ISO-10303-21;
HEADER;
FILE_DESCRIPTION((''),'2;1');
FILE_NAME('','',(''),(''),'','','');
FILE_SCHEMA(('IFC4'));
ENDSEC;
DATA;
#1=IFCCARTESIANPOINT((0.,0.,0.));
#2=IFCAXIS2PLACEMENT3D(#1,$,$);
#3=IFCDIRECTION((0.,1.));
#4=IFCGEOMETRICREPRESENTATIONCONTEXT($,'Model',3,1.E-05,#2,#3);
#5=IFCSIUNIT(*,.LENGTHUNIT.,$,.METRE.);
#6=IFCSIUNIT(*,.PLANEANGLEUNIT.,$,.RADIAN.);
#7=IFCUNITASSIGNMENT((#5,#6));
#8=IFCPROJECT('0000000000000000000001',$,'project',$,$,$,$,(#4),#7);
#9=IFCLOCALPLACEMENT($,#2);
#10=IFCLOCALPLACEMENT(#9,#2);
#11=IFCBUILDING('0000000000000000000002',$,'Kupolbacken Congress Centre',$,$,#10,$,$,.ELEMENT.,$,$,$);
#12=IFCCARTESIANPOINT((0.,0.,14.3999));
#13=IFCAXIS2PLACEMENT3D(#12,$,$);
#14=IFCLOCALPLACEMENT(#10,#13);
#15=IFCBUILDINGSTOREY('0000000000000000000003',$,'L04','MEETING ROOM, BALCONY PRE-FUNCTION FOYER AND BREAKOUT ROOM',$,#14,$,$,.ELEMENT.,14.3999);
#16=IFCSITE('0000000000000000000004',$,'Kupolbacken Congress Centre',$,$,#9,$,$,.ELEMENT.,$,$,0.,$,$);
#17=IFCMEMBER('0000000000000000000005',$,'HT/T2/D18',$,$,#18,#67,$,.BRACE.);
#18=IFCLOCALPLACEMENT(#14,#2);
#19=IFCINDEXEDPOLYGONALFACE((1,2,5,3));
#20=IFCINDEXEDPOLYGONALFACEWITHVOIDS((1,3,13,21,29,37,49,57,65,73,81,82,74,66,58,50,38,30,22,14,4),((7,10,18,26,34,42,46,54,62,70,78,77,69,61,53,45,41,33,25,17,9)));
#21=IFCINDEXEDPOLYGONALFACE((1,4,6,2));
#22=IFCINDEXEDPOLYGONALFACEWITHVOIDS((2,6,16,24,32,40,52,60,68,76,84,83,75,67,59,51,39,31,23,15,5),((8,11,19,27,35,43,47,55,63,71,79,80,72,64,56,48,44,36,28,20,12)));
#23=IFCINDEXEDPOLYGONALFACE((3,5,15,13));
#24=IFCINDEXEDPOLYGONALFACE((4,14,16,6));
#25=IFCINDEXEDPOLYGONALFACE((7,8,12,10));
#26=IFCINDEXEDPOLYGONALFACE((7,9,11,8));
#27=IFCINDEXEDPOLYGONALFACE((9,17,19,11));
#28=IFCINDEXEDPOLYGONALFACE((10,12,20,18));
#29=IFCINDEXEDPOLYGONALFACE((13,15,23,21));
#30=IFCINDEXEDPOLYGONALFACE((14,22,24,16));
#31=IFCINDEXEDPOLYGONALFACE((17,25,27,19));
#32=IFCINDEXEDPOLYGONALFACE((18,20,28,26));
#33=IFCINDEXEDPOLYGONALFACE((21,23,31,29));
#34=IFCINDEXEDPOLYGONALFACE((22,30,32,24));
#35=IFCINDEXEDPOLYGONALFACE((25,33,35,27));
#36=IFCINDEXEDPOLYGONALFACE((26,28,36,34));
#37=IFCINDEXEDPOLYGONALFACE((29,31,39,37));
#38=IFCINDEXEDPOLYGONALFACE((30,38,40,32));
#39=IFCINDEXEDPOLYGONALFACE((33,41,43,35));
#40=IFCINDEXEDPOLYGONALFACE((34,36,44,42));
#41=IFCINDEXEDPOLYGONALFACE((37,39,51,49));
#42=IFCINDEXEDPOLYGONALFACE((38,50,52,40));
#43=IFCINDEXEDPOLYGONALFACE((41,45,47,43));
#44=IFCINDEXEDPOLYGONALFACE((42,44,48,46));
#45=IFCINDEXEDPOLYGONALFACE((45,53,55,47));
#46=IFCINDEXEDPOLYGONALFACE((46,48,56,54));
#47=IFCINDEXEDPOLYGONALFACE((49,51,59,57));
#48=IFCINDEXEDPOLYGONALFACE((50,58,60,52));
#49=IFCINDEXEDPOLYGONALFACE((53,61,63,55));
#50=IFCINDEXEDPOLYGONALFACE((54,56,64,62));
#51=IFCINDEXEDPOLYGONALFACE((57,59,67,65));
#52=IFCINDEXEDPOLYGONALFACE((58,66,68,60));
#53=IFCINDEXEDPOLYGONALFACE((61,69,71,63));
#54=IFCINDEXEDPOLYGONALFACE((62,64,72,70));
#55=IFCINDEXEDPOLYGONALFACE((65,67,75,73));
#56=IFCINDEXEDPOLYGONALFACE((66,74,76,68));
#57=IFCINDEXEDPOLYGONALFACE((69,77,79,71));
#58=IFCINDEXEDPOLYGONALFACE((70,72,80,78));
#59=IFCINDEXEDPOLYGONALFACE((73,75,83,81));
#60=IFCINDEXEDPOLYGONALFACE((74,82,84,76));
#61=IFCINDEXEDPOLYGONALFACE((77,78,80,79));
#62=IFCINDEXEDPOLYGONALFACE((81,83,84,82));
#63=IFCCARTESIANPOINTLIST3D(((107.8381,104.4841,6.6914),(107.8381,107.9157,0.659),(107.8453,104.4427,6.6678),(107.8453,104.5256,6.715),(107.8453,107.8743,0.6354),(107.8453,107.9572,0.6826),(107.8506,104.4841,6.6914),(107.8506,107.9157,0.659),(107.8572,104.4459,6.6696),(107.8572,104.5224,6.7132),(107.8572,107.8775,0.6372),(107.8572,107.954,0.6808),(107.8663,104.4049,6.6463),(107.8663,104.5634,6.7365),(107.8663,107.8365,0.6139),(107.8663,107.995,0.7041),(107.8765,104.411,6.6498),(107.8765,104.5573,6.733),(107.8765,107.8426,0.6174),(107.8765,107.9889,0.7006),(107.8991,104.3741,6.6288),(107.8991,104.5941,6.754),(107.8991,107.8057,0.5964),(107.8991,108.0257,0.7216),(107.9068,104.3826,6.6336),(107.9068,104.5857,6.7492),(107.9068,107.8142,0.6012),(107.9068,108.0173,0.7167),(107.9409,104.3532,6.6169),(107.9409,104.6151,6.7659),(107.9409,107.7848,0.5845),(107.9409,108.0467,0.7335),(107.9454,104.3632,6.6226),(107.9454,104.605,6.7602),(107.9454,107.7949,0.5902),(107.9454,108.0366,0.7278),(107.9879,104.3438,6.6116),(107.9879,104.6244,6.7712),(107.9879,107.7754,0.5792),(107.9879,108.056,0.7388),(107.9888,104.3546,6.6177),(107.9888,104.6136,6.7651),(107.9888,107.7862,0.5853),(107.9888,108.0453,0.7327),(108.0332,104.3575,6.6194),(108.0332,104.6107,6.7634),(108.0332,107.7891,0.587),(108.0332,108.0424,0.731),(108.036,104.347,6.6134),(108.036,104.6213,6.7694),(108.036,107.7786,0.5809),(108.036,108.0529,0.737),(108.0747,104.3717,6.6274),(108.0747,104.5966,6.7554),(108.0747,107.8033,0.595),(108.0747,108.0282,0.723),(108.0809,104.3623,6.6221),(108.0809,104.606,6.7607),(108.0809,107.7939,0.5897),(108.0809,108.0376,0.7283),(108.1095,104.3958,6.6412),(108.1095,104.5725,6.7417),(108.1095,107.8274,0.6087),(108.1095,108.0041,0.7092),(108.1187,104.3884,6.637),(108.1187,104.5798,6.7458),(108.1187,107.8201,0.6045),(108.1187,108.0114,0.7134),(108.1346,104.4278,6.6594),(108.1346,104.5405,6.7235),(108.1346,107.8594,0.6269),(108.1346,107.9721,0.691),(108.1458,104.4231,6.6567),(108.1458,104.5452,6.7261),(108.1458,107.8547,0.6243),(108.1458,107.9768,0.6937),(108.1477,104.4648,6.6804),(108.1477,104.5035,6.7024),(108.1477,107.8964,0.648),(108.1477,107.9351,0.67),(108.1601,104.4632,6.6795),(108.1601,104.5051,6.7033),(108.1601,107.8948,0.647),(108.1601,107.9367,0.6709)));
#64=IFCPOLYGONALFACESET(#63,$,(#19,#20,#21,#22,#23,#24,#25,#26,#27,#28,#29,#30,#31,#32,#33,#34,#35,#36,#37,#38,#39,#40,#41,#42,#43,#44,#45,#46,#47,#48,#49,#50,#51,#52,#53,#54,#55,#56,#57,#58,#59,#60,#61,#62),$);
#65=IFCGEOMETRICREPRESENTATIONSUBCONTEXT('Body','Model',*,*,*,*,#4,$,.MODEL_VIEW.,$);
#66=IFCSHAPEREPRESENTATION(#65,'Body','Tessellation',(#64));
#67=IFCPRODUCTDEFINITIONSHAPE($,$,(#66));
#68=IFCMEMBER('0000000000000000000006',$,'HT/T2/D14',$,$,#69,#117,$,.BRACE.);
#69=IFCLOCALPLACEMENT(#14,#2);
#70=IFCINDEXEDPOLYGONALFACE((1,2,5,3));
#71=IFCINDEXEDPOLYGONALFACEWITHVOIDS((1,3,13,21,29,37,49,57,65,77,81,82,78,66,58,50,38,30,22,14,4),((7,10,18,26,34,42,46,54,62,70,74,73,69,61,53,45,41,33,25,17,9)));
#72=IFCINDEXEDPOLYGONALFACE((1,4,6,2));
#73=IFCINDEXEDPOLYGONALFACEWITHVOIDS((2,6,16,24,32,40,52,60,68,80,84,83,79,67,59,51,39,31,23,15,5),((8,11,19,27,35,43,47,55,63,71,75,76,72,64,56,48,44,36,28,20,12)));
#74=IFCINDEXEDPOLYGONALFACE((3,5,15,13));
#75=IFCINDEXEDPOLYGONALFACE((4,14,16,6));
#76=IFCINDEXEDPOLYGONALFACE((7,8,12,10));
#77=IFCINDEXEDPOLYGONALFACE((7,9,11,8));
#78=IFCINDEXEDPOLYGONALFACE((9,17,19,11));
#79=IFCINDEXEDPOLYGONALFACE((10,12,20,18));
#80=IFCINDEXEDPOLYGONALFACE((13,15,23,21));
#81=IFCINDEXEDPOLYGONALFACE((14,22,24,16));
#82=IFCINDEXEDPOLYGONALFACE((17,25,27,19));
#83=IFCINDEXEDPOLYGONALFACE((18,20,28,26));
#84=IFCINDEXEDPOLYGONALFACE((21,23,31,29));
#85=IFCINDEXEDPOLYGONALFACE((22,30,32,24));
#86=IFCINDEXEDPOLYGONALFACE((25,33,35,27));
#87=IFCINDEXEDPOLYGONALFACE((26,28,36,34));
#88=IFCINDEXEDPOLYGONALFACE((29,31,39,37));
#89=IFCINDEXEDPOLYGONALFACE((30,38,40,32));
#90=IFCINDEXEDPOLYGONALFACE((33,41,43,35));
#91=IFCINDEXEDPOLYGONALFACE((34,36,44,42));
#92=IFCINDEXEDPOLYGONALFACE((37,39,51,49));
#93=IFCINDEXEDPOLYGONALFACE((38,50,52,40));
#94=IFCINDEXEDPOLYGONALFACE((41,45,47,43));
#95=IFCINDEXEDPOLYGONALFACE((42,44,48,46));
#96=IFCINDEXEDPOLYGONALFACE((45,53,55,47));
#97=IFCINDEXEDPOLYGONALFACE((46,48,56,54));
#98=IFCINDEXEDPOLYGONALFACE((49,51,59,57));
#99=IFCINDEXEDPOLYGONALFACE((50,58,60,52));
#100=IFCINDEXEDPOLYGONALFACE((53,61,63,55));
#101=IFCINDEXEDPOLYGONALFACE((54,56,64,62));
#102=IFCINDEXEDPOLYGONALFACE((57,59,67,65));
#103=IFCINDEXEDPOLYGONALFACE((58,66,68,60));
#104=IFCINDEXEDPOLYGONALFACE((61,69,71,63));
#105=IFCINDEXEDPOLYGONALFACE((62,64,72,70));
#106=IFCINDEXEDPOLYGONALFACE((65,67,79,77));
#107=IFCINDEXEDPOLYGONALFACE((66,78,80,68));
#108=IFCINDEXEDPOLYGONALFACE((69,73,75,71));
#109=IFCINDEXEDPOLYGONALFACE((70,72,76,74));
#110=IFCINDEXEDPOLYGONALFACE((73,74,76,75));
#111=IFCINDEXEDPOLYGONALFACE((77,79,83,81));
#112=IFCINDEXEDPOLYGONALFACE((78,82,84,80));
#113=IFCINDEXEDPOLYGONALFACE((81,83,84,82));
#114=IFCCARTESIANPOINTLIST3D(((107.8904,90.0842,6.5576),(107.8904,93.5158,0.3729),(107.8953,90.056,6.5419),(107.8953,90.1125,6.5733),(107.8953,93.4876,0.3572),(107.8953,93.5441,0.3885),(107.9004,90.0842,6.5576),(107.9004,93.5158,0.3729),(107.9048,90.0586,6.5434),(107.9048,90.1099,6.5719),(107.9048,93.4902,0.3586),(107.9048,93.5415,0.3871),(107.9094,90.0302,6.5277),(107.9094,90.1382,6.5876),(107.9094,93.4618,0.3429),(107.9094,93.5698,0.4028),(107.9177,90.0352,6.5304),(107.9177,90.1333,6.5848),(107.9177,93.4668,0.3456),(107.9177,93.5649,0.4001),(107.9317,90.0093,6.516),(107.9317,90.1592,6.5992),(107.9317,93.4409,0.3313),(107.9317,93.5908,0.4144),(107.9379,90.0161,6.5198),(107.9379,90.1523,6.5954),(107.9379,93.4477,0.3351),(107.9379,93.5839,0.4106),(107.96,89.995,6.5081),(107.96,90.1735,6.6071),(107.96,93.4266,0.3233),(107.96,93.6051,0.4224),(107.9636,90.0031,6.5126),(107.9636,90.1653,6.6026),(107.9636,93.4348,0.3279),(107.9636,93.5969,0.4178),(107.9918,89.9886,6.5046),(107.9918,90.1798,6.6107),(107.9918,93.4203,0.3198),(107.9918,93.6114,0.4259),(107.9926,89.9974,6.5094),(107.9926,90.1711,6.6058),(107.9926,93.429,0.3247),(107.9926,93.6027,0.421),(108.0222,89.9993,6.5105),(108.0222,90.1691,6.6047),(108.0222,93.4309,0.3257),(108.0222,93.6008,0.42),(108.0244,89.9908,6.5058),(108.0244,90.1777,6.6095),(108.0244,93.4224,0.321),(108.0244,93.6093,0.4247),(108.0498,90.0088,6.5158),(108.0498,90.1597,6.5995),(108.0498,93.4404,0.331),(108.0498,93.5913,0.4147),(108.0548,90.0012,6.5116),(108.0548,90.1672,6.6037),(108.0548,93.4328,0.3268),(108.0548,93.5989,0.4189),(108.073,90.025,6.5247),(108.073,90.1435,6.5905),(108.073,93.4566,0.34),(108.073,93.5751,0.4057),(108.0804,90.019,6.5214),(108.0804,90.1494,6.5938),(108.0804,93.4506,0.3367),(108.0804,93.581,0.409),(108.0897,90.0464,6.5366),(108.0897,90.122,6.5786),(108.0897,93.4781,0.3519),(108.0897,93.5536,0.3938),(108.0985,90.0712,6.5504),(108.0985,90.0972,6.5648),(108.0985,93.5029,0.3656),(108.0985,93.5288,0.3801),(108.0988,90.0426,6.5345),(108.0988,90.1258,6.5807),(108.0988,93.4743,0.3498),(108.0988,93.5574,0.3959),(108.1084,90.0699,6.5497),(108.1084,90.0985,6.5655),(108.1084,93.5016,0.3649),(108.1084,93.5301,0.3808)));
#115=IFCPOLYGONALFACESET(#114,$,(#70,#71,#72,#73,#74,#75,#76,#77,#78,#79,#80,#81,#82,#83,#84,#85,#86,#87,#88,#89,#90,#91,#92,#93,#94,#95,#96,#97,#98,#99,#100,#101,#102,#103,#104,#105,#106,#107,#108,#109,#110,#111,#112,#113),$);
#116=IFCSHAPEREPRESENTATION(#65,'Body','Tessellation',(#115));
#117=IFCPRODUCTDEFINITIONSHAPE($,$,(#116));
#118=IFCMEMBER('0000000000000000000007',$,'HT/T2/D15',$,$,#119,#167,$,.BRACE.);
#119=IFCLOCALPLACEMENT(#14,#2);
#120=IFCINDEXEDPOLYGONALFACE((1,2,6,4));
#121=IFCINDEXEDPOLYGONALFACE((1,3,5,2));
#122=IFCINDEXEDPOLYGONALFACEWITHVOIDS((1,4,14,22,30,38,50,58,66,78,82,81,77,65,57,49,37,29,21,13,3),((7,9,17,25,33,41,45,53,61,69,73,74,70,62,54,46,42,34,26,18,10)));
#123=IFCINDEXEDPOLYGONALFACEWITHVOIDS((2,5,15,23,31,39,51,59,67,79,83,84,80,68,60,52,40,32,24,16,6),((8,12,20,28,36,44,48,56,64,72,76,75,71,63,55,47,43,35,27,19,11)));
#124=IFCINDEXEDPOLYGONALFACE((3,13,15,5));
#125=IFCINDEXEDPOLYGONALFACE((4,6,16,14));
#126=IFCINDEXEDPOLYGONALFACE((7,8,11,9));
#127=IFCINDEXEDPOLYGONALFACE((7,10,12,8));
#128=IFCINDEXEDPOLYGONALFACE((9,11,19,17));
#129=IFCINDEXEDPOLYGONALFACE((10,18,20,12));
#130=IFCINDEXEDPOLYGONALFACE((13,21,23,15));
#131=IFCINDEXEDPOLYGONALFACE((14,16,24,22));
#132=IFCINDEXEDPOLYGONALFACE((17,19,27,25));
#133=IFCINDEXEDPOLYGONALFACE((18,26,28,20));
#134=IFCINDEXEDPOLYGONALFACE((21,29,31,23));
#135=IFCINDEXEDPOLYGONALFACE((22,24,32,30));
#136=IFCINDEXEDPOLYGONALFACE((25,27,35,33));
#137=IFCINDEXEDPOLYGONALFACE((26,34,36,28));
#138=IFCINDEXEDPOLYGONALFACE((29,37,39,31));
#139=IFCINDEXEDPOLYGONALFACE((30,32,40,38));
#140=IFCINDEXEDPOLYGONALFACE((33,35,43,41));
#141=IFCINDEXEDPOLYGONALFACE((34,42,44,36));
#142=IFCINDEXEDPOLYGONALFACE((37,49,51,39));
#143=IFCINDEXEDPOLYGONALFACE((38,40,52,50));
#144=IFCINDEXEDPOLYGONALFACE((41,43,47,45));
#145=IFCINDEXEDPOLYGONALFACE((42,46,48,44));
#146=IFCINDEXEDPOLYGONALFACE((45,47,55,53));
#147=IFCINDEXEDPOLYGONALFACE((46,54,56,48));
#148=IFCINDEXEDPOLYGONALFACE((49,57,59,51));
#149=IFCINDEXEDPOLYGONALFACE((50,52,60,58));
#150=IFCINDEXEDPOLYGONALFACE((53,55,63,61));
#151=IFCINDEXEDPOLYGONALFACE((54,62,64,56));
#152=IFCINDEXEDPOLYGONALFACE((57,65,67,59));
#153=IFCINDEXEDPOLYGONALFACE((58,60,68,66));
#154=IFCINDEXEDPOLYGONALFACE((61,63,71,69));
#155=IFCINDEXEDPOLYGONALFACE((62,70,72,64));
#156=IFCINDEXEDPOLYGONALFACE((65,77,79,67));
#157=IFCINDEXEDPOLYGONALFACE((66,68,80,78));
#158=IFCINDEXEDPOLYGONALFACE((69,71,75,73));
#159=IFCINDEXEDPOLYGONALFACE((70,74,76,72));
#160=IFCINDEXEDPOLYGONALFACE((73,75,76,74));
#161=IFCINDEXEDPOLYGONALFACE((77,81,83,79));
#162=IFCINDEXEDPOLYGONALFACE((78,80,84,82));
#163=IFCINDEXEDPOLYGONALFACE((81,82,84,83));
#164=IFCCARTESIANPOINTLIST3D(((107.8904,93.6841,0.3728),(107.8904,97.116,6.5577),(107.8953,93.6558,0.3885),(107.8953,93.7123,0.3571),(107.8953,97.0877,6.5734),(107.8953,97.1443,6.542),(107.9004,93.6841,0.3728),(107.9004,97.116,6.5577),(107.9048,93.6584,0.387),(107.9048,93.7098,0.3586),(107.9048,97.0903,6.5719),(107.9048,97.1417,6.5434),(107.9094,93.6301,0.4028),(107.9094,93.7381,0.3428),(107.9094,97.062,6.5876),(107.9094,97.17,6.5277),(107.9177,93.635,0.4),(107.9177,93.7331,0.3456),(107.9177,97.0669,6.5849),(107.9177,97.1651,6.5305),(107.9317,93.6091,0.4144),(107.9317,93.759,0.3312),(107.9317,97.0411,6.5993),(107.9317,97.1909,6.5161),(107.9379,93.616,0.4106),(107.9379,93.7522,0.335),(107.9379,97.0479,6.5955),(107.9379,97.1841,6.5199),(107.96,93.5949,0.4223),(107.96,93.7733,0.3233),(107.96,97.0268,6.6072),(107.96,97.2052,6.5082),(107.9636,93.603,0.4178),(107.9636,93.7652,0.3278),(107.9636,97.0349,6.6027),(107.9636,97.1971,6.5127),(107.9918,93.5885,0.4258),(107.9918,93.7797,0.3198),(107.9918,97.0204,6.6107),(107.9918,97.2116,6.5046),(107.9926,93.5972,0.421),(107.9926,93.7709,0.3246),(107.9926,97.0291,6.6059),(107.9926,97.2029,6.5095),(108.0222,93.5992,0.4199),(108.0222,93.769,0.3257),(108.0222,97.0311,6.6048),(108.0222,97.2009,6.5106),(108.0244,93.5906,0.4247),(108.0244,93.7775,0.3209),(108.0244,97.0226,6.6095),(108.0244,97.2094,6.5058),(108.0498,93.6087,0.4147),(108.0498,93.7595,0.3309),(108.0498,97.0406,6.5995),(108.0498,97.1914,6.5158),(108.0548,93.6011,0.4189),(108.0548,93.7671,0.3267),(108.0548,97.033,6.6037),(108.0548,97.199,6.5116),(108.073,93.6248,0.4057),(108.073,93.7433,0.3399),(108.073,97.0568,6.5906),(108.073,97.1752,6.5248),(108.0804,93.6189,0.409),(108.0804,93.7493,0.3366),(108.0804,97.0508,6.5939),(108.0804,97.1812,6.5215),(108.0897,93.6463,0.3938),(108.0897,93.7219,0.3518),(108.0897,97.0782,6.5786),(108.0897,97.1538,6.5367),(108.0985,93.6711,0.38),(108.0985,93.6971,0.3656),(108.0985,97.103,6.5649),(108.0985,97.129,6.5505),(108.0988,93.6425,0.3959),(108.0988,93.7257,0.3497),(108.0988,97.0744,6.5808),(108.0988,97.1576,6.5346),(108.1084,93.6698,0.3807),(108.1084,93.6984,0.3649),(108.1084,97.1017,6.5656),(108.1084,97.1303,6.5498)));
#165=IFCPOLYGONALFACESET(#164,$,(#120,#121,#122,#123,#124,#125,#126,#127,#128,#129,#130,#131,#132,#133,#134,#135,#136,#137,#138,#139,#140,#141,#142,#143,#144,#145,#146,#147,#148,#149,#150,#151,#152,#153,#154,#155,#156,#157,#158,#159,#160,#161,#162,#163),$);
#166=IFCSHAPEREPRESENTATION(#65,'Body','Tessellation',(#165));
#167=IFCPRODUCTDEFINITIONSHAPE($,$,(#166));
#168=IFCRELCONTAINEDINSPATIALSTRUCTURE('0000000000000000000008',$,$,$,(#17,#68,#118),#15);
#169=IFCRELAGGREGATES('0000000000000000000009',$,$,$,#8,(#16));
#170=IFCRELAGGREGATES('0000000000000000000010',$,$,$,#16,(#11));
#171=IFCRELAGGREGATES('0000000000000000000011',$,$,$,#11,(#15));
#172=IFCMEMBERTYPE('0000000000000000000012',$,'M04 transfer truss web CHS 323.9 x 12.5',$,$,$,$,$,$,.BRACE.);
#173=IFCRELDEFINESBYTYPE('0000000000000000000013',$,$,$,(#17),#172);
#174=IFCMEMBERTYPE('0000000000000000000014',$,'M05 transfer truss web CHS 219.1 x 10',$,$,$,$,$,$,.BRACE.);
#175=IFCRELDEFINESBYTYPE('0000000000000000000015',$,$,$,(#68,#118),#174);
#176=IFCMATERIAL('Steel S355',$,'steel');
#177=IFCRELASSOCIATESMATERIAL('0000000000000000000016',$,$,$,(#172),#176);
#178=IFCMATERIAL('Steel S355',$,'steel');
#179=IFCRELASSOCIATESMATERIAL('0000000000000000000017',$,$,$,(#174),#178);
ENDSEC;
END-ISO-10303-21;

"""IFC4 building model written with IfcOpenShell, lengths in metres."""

from ifc_helpers import new_model, si_unit, direction, frame, origin, origin_2d, place, context, subcontext, project, spatial, hollow_circle, extrude, material, material_profile, profile_set, type_object, element, save


model = new_model("IFC4")

# Units and contexts
model_context = context("Model", 3, precision=1e-05, world=origin(), true_north=direction((0.0, 1.0)))
body_context = subcontext(model_context, "Body", "Model", "MODEL_VIEW")
ifc_project = project(units=[si_unit("LENGTHUNIT", "METRE"), si_unit("PLANEANGLEUNIT", "RADIAN")], contexts=[model_context])

# Site, building, storey
site_placement = place(None, origin())
site = spatial("IfcSite", under=ifc_project, at=site_placement, Name="Kupolbacken Congress Centre", CompositionType="ELEMENT", RefElevation=0.0)
building_placement = place(site_placement, origin())
building = spatial("IfcBuilding", under=site, at=building_placement, Name="Kupolbacken Congress Centre", CompositionType="ELEMENT")
storey_placement = place(building_placement, frame((0.0, 0.0, 14.3999)))
storey = spatial("IfcBuildingStorey", under=building, at=storey_placement, Name="L04", Description="MEETING ROOM, BALCONY PRE-FUNCTION FOYER AND BREAKOUT ROOM", CompositionType="ELEMENT", Elevation=14.3999)

# Members
ifc_material_1 = material(Name="Steel S355", Category="steel")
ifc_material_profile_1 = material_profile(ifc_material_1, hollow_circle(Radius=0.1619, WallThickness=0.0125, at=origin_2d()), Name="CHS 323.9 x 12.5")
ifc_profile_set_1 = profile_set([ifc_material_profile_1], Name="Steel S355")
member_type_1 = type_object("IfcMemberType", Name="M04 transfer truss web CHS 323.9 x 12.5", PredefinedType="BRACE", material=ifc_profile_set_1)
member_1_placement = place(storey_placement, frame((108.0, 104.4841, 6.6914), z_axis=(0.0, 0.494456, -0.869203), x_axis=(-1.0, 0.0, 0.0)))
element("IfcMember", 1, at=member_1_placement, inside=storey, type_object=member_type_1, Name="HT/T2/D18", PredefinedType="BRACE", context=body_context, shape_type="SweptSolid", body=[
    extrude(hollow_circle(Radius=0.1619, WallThickness=0.0125, at=origin_2d()), origin(), (0.0, 0.0, 1.0), 6.9402),
])
ifc_material_2 = material(Name="Steel S355", Category="steel")
ifc_material_profile_2 = material_profile(ifc_material_2, hollow_circle(Radius=0.1096, WallThickness=0.01, at=origin_2d()), Name="CHS 219.1 x 10")
ifc_profile_set_2 = profile_set([ifc_material_profile_2], Name="Steel S355")
member_type_2 = type_object("IfcMemberType", Name="M05 transfer truss web CHS 219.1 x 10", PredefinedType="BRACE", material=ifc_profile_set_2)
member_2_placement = place(storey_placement, frame((108.0, 90.0842, 6.5576), z_axis=(0.0, 0.485171, -0.874419), x_axis=(-1.0, 0.0, 0.0)))
element("IfcMember", 2, at=member_2_placement, inside=storey, type_object=member_type_2, Name="HT/T2/D14", PredefinedType="BRACE", context=body_context, shape_type="SweptSolid", body=[
    extrude(hollow_circle(Radius=0.1096, WallThickness=0.01, at=origin_2d()), origin(), (0.0, 0.0, 1.0), 7.073),
])
member_3_placement = place(storey_placement, frame((108.0, 93.6841, 0.3728), z_axis=(0.0, 0.485197, 0.874405), x_axis=(-1.0, 0.0, 0.0)))
element("IfcMember", 3, at=member_3_placement, inside=storey, type_object=member_type_2, Name="HT/T2/D15", PredefinedType="BRACE", context=body_context, shape_type="SweptSolid", body=[
    extrude(hollow_circle(Radius=0.1096, WallThickness=0.01, at=origin_2d()), origin(), (0.0, 0.0, 1.0), 7.0732),
])

save(model, "model.ifc")
